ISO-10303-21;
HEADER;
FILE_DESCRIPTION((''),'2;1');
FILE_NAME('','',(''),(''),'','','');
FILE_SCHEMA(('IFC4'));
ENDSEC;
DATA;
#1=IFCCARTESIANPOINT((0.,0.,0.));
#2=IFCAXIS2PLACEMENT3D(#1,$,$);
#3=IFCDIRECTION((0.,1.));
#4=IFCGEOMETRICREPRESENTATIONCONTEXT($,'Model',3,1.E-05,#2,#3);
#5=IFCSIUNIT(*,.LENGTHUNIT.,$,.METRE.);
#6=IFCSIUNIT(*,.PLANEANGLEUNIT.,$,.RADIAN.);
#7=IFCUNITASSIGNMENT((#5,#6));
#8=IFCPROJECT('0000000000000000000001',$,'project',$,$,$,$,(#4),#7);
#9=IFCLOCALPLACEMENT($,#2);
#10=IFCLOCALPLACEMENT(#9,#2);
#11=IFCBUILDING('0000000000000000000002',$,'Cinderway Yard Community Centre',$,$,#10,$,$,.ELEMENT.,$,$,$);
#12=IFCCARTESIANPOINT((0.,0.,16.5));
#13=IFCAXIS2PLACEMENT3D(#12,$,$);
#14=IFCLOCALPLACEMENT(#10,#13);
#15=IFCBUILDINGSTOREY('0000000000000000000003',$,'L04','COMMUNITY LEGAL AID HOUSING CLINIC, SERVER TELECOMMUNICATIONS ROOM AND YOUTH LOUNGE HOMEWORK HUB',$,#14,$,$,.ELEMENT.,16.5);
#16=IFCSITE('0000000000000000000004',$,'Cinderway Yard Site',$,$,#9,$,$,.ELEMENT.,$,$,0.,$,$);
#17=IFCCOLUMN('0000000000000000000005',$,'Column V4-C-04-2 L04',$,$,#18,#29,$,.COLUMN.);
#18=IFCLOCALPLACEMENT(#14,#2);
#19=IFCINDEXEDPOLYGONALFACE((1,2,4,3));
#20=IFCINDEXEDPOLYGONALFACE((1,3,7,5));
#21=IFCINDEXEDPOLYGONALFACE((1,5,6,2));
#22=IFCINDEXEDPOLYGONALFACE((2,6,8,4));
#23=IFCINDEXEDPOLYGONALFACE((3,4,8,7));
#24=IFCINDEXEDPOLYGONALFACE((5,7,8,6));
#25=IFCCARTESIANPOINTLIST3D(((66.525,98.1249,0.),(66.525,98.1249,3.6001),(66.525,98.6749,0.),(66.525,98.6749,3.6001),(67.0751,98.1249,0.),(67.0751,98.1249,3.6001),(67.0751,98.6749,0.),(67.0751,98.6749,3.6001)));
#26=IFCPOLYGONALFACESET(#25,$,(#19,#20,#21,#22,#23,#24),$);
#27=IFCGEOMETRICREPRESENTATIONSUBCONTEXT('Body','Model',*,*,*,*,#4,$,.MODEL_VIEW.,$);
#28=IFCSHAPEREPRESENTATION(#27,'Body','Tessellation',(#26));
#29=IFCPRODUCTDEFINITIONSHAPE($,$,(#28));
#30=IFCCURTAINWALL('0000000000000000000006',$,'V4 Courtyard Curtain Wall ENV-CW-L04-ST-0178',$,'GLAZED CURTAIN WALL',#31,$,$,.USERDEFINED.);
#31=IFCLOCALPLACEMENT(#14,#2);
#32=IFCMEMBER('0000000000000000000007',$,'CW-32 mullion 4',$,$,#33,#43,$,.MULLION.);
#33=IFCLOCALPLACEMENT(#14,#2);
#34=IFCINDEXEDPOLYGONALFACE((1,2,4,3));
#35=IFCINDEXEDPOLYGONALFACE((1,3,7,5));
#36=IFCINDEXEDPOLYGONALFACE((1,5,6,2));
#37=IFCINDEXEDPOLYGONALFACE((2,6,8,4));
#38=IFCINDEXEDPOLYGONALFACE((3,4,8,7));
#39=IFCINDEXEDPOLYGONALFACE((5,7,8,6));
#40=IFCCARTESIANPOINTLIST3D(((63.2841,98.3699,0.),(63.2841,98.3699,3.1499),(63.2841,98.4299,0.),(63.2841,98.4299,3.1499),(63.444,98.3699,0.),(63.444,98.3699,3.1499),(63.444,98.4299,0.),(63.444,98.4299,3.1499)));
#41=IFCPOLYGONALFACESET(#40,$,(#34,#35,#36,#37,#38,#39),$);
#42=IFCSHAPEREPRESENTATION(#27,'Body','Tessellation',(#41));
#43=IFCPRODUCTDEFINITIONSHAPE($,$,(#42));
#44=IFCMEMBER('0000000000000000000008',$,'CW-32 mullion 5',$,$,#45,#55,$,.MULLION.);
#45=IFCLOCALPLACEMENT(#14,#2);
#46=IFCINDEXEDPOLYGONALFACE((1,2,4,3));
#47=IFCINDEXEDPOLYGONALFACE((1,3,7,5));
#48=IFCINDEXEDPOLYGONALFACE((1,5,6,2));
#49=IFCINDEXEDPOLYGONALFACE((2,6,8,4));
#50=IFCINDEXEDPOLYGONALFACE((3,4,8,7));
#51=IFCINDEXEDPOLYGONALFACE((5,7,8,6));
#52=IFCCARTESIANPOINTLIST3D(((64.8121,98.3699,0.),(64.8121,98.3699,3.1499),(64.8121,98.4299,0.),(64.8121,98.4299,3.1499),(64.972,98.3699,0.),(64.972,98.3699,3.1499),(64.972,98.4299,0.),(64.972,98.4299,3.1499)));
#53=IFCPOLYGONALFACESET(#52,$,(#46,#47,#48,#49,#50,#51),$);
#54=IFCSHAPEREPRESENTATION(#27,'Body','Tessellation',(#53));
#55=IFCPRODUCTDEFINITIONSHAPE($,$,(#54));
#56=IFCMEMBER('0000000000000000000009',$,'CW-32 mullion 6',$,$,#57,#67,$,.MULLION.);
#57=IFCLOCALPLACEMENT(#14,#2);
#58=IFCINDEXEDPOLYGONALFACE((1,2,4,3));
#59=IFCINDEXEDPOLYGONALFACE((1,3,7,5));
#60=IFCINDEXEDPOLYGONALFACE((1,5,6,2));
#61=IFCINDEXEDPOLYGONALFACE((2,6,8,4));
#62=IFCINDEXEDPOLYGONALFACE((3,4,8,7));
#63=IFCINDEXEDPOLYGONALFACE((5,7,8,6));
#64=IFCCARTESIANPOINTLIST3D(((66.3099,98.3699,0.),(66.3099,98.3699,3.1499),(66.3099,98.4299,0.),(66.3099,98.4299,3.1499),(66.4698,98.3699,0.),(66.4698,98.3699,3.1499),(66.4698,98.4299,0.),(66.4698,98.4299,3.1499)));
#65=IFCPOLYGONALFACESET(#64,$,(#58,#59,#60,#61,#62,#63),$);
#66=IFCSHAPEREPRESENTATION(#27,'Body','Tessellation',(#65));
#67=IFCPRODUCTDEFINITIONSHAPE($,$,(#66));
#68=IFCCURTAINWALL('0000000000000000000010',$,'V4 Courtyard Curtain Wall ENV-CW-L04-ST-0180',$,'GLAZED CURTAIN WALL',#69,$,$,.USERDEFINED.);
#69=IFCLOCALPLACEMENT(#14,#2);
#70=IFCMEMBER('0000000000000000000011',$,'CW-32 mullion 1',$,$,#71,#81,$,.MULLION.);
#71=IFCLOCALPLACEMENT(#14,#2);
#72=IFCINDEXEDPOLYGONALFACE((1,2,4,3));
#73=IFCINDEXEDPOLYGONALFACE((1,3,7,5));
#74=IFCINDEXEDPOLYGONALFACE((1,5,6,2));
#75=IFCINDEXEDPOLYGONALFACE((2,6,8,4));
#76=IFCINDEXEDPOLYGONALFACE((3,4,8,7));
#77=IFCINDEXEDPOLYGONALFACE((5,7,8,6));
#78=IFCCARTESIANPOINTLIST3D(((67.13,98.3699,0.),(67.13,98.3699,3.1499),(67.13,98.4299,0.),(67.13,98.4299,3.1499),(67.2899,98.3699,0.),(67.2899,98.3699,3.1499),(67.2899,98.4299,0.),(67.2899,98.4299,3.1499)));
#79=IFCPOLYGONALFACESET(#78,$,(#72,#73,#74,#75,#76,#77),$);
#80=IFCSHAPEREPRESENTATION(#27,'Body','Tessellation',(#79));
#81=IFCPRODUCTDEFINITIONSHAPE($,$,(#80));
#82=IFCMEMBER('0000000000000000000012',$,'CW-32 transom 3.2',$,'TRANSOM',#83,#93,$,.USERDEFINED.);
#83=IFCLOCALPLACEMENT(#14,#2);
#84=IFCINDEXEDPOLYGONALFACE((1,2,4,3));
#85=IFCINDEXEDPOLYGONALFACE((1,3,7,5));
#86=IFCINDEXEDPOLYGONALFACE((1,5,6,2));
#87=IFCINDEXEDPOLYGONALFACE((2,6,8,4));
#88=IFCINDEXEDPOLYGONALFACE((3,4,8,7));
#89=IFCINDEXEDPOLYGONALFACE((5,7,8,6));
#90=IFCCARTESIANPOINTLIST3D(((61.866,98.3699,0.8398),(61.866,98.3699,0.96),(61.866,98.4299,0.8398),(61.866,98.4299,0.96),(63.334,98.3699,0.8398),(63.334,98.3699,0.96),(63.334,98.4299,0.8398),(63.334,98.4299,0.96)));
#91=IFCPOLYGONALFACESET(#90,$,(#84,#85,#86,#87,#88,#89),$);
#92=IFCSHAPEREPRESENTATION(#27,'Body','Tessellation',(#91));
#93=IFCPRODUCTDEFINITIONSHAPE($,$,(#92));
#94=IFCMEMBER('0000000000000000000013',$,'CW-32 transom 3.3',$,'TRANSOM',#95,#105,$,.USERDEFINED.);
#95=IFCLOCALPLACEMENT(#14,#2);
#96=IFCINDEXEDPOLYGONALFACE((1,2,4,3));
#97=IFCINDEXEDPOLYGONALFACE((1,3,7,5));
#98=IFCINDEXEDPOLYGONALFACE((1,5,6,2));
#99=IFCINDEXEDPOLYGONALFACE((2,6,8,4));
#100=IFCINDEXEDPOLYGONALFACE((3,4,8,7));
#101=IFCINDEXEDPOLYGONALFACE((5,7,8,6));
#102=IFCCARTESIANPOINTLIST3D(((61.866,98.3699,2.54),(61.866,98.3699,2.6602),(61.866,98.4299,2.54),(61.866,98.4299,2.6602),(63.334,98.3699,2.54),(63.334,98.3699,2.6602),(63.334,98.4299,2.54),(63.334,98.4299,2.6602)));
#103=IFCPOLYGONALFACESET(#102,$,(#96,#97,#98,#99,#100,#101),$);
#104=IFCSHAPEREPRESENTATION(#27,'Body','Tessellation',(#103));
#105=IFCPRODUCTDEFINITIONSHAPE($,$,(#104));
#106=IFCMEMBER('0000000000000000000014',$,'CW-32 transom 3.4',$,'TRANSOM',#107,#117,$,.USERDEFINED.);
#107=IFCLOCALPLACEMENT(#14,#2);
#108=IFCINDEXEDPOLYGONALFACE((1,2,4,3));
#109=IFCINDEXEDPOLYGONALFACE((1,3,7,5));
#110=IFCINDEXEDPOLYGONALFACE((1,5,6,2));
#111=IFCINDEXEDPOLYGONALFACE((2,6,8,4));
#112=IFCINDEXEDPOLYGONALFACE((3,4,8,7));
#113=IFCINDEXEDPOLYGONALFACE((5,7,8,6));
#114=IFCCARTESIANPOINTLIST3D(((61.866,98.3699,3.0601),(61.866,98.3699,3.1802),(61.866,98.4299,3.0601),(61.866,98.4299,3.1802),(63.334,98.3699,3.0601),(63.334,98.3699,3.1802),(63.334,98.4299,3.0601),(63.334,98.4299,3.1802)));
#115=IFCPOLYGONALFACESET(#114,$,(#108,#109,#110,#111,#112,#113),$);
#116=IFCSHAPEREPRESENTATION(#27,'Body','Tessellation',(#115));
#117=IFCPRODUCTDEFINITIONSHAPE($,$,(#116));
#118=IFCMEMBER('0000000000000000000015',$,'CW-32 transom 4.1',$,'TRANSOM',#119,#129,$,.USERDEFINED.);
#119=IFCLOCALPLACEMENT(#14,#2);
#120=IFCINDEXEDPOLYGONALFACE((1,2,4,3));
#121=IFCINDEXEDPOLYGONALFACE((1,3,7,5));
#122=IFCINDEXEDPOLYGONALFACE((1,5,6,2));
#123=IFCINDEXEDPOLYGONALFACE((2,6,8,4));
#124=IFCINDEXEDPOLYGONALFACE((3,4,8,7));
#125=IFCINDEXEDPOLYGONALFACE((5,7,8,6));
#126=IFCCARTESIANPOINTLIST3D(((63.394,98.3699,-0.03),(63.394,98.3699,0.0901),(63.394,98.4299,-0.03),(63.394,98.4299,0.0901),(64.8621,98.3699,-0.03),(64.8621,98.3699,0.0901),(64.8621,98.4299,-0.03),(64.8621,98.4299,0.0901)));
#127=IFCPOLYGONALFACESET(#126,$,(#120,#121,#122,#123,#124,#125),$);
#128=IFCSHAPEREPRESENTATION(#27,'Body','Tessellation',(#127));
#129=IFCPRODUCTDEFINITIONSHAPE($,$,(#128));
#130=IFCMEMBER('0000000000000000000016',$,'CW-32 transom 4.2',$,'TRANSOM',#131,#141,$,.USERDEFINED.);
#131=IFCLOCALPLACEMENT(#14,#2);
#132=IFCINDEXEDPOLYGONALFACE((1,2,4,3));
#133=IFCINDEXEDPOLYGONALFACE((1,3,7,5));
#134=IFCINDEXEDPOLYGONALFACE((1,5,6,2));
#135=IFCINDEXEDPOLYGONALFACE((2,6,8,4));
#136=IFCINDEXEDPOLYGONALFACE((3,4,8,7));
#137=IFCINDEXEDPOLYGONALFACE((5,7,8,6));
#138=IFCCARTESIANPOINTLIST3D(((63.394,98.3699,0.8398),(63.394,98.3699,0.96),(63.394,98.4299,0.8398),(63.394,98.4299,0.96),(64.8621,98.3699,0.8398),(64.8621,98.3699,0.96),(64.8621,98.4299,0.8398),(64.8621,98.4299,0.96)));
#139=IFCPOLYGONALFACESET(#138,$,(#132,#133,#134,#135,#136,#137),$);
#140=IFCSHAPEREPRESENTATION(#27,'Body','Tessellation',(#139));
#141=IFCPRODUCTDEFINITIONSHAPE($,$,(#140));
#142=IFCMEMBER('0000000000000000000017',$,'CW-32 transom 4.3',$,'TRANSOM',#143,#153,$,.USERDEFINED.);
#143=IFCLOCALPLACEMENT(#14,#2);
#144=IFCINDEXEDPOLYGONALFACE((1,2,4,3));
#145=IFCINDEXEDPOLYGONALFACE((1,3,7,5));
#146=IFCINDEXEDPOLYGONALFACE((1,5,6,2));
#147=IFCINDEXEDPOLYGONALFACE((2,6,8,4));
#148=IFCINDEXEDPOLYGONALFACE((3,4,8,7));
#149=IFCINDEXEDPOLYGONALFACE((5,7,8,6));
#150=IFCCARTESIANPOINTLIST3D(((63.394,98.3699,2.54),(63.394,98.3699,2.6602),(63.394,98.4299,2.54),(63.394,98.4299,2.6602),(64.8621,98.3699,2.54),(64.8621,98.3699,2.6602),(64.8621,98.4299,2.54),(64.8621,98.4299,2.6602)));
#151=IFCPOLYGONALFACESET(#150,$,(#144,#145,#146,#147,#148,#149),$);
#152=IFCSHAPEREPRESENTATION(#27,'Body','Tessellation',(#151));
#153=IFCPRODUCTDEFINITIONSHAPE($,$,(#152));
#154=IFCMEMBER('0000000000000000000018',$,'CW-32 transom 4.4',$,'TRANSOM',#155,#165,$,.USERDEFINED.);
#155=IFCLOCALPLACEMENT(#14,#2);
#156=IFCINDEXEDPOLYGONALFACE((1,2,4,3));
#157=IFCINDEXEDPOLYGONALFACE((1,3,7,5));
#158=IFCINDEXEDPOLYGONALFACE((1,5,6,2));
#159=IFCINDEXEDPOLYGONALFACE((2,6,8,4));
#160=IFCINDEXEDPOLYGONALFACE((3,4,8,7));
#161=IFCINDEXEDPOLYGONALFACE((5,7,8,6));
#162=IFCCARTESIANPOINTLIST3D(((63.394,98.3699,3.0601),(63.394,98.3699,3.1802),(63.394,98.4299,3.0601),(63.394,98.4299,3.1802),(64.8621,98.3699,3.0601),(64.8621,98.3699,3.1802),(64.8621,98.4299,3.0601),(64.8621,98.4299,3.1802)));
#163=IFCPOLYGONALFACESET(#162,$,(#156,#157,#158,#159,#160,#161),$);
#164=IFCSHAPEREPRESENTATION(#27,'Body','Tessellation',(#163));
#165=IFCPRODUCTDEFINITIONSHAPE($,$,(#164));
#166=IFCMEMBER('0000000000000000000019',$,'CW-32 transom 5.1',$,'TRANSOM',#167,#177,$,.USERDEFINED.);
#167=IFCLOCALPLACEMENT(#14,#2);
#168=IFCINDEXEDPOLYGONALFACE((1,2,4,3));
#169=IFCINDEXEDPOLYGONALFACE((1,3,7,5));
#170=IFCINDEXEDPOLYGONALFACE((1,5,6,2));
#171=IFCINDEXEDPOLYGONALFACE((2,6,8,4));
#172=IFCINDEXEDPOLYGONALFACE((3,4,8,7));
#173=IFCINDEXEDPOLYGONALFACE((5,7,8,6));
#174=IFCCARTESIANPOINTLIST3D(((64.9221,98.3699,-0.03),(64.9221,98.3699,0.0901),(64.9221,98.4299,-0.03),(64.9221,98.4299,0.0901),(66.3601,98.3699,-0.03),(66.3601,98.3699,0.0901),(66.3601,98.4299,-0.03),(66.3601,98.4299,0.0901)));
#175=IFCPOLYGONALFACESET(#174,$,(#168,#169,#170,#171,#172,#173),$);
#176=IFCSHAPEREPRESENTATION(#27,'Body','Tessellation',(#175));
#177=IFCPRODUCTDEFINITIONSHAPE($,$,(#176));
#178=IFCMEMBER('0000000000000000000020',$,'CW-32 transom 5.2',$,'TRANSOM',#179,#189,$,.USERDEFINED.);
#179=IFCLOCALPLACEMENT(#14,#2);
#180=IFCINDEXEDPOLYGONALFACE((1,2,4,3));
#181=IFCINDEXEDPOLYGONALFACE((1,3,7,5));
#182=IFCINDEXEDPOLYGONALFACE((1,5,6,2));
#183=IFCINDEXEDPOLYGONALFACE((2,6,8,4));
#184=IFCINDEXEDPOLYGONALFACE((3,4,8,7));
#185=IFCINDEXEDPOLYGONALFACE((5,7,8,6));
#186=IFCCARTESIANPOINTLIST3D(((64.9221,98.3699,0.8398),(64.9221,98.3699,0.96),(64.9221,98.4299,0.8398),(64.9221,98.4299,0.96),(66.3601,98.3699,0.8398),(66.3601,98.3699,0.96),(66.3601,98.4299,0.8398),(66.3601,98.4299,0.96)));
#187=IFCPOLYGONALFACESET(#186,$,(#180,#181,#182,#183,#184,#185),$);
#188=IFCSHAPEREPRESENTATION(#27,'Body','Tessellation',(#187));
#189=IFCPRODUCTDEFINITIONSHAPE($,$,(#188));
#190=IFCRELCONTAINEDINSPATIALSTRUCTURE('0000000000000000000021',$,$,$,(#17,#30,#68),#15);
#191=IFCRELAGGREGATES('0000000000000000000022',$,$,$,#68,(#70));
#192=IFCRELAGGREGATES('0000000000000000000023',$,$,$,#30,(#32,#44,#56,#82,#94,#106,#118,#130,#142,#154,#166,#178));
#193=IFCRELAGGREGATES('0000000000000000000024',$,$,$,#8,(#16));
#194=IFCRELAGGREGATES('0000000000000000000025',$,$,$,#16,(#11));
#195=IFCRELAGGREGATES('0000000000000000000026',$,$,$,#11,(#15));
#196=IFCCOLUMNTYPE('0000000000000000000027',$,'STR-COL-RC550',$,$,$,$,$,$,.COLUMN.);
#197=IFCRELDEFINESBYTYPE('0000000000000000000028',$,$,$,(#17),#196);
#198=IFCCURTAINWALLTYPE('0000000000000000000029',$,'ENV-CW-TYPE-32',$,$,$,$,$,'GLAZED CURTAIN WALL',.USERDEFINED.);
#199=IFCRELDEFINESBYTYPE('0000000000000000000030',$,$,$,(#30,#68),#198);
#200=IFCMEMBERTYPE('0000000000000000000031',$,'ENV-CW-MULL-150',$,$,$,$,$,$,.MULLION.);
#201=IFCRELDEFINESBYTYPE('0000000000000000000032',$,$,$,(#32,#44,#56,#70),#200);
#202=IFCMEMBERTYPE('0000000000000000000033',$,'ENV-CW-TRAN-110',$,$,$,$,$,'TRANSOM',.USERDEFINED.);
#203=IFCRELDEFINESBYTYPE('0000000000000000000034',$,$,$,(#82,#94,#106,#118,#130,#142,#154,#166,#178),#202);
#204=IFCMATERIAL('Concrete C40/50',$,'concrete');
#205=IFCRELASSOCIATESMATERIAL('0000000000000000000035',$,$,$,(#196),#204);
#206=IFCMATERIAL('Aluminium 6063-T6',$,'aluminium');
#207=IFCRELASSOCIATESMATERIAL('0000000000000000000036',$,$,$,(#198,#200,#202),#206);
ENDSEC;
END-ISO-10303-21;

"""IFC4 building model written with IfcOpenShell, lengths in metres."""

from ifc_helpers import new_model, si_unit, direction, frame, origin, origin_2d, place, context, subcontext, project, spatial, rectangle, extrude, material, material_profile, profile_set, type_object, element, aggregate, save


model = new_model("IFC4")

# Units and contexts
model_context = context("Model", 3, precision=1e-05, world=origin(), true_north=direction((0.0, 1.0)))
body_context = subcontext(model_context, "Body", "Model", "MODEL_VIEW")
ifc_project = project(units=[si_unit("LENGTHUNIT", "METRE"), si_unit("PLANEANGLEUNIT", "RADIAN")], contexts=[model_context])

# Site, building, storey
site_placement = place(None, origin())
site = spatial("IfcSite", under=ifc_project, at=site_placement, Name="Cinderway Yard Site", CompositionType="ELEMENT", RefElevation=0.0)
building_placement = place(site_placement, origin())
building = spatial("IfcBuilding", under=site, at=building_placement, Name="Cinderway Yard Community Centre", CompositionType="ELEMENT")
storey_placement = place(building_placement, frame((0.0, 0.0, 16.5)))
storey = spatial("IfcBuildingStorey", under=building, at=storey_placement, Name="L04", Description="COMMUNITY LEGAL AID HOUSING CLINIC, SERVER TELECOMMUNICATIONS ROOM AND YOUTH LOUNGE HOMEWORK HUB", CompositionType="ELEMENT", Elevation=16.5)

# Column
ifc_material_1 = material(Name="Concrete C40/50", Category="concrete")
ifc_material_profile_1 = material_profile(ifc_material_1, rectangle(XDim=0.55, YDim=0.55, at=origin_2d()), Name="Concrete C40/50")
ifc_profile_set_1 = profile_set([ifc_material_profile_1], Name="Concrete C40/50")
column_type = type_object("IfcColumnType", Name="STR-COL-RC550", PredefinedType="COLUMN", material=ifc_profile_set_1)
column_placement = place(storey_placement, frame((66.8, 98.3999, 0.0), z_axis=(0.0, 0.0, 1.0), x_axis=(1.0, 0.0, 0.0)))
element("IfcColumn", 1, at=column_placement, inside=storey, type_object=column_type, Name="Column V4-C-04-2 L04", PredefinedType="COLUMN", context=body_context, shape_type="SweptSolid", body=[
    extrude(rectangle(XDim=0.55, YDim=0.55, at=origin_2d()), origin(), (0.0, 0.0, 1.0), 3.6001),
])

# Curtain wall, members
ifc_material_2 = material(Name="Aluminium 6063-T6", Category="aluminium")
curtain_wall_type = type_object("IfcCurtainWallType", Name="ENV-CW-TYPE-32", ElementType="GLAZED CURTAIN WALL", PredefinedType="USERDEFINED", material=ifc_material_2)
curtain_wall_1_placement = place(storey_placement, origin())
curtain_wall_1 = element("IfcCurtainWall", 2, at=curtain_wall_1_placement, inside=storey, type_object=curtain_wall_type, Name="V4 Courtyard Curtain Wall ENV-CW-L04-ST-0178", ObjectType="GLAZED CURTAIN WALL", PredefinedType="USERDEFINED")
ifc_material_profile_2 = material_profile(ifc_material_2, rectangle(XDim=0.0601, YDim=0.1599, at=origin_2d()), Name="Aluminium 6063-T6")
ifc_profile_set_2 = profile_set([ifc_material_profile_2], Name="Aluminium 6063-T6")
member_type_1 = type_object("IfcMemberType", Name="ENV-CW-MULL-150", PredefinedType="MULLION", material=ifc_profile_set_2)
member_1_placement = place(storey_placement, frame((63.364, 98.3999, 0.0), z_axis=(0.0, 0.0, 1.0), x_axis=(0.0, 1.0, 0.0)))
member_1 = element("IfcMember", 3, at=member_1_placement, type_object=member_type_1, Name="CW-32 mullion 4", PredefinedType="MULLION", context=body_context, shape_type="SweptSolid", body=[
    extrude(rectangle(XDim=0.0601, YDim=0.1599, at=origin_2d()), origin(), (0.0, 0.0, 1.0), 3.1499),
])
member_2_placement = place(storey_placement, frame((64.8921, 98.3999, 0.0), z_axis=(0.0, 0.0, 1.0), x_axis=(0.0, 1.0, 0.0)))
member_2 = element("IfcMember", 4, at=member_2_placement, type_object=member_type_1, Name="CW-32 mullion 5", PredefinedType="MULLION", context=body_context, shape_type="SweptSolid", body=[
    extrude(rectangle(XDim=0.0601, YDim=0.1599, at=origin_2d()), origin(), (0.0, 0.0, 1.0), 3.1499),
])
member_3_placement = place(storey_placement, frame((66.3899, 98.3999, 0.0), z_axis=(0.0, 0.0, 1.0), x_axis=(0.0, 1.0, 0.0)))
member_3 = element("IfcMember", 5, at=member_3_placement, type_object=member_type_1, Name="CW-32 mullion 6", PredefinedType="MULLION", context=body_context, shape_type="SweptSolid", body=[
    extrude(rectangle(XDim=0.0601, YDim=0.1599, at=origin_2d()), origin(), (0.0, 0.0, 1.0), 3.1499),
])

# Curtain wall, member
curtain_wall_2_placement = place(storey_placement, origin())
curtain_wall_2 = element("IfcCurtainWall", 6, at=curtain_wall_2_placement, inside=storey, type_object=curtain_wall_type, Name="V4 Courtyard Curtain Wall ENV-CW-L04-ST-0180", ObjectType="GLAZED CURTAIN WALL", PredefinedType="USERDEFINED")
member_4_placement = place(storey_placement, frame((67.21, 98.3999, 0.0), z_axis=(0.0, 0.0, 1.0), x_axis=(0.0, 1.0, 0.0)))
member_4 = element("IfcMember", 7, at=member_4_placement, type_object=member_type_1, Name="CW-32 mullion 1", PredefinedType="MULLION", context=body_context, shape_type="SweptSolid", body=[
    extrude(rectangle(XDim=0.0601, YDim=0.1599, at=origin_2d()), origin(), (0.0, 0.0, 1.0), 3.1499),
])

# Members
ifc_material_profile_3 = material_profile(ifc_material_2, rectangle(XDim=0.0601, YDim=0.1201, at=origin_2d()), Name="Aluminium 6063-T6")
ifc_profile_set_3 = profile_set([ifc_material_profile_3], Name="Aluminium 6063-T6")
member_type_2 = type_object("IfcMemberType", Name="ENV-CW-TRAN-110", ElementType="TRANSOM", PredefinedType="USERDEFINED", material=ifc_profile_set_3)
member_5_placement = place(storey_placement, frame((61.866, 98.3999, 0.8999), z_axis=(1.0, 0.0, 0.0), x_axis=(0.0, 1.0, 0.0)))
member_5 = element("IfcMember", 8, at=member_5_placement, type_object=member_type_2, Name="CW-32 transom 3.2", ObjectType="TRANSOM", PredefinedType="USERDEFINED", context=body_context, shape_type="SweptSolid", body=[
    extrude(rectangle(XDim=0.0601, YDim=0.1201, at=origin_2d()), origin(), (0.0, 0.0, 1.0), 1.468),
])
member_6_placement = place(storey_placement, frame((61.866, 98.3999, 2.6001), z_axis=(1.0, 0.0, 0.0), x_axis=(0.0, 1.0, 0.0)))
member_6 = element("IfcMember", 9, at=member_6_placement, type_object=member_type_2, Name="CW-32 transom 3.3", ObjectType="TRANSOM", PredefinedType="USERDEFINED", context=body_context, shape_type="SweptSolid", body=[
    extrude(rectangle(XDim=0.0601, YDim=0.1201, at=origin_2d()), origin(), (0.0, 0.0, 1.0), 1.468),
])
member_7_placement = place(storey_placement, frame((61.866, 98.3999, 3.1201), z_axis=(1.0, 0.0, 0.0), x_axis=(0.0, 1.0, 0.0)))
member_7 = element("IfcMember", 10, at=member_7_placement, type_object=member_type_2, Name="CW-32 transom 3.4", ObjectType="TRANSOM", PredefinedType="USERDEFINED", context=body_context, shape_type="SweptSolid", body=[
    extrude(rectangle(XDim=0.0601, YDim=0.1201, at=origin_2d()), origin(), (0.0, 0.0, 1.0), 1.468),
])
member_8_placement = place(storey_placement, frame((63.394, 98.3999, 0.03), z_axis=(1.0, 0.0, 0.0), x_axis=(0.0, 1.0, 0.0)))
member_8 = element("IfcMember", 11, at=member_8_placement, type_object=member_type_2, Name="CW-32 transom 4.1", ObjectType="TRANSOM", PredefinedType="USERDEFINED", context=body_context, shape_type="SweptSolid", body=[
    extrude(rectangle(XDim=0.0601, YDim=0.1201, at=origin_2d()), origin(), (0.0, 0.0, 1.0), 1.468),
])
member_9_placement = place(storey_placement, frame((63.394, 98.3999, 0.8999), z_axis=(1.0, 0.0, 0.0), x_axis=(0.0, 1.0, 0.0)))
member_9 = element("IfcMember", 12, at=member_9_placement, type_object=member_type_2, Name="CW-32 transom 4.2", ObjectType="TRANSOM", PredefinedType="USERDEFINED", context=body_context, shape_type="SweptSolid", body=[
    extrude(rectangle(XDim=0.0601, YDim=0.1201, at=origin_2d()), origin(), (0.0, 0.0, 1.0), 1.468),
])
member_10_placement = place(storey_placement, frame((63.394, 98.3999, 2.6001), z_axis=(1.0, 0.0, 0.0), x_axis=(0.0, 1.0, 0.0)))
member_10 = element("IfcMember", 13, at=member_10_placement, type_object=member_type_2, Name="CW-32 transom 4.3", ObjectType="TRANSOM", PredefinedType="USERDEFINED", context=body_context, shape_type="SweptSolid", body=[
    extrude(rectangle(XDim=0.0601, YDim=0.1201, at=origin_2d()), origin(), (0.0, 0.0, 1.0), 1.468),
])
member_11_placement = place(storey_placement, frame((63.394, 98.3999, 3.1201), z_axis=(1.0, 0.0, 0.0), x_axis=(0.0, 1.0, 0.0)))
member_11 = element("IfcMember", 14, at=member_11_placement, type_object=member_type_2, Name="CW-32 transom 4.4", ObjectType="TRANSOM", PredefinedType="USERDEFINED", context=body_context, shape_type="SweptSolid", body=[
    extrude(rectangle(XDim=0.0601, YDim=0.1201, at=origin_2d()), origin(), (0.0, 0.0, 1.0), 1.468),
])
member_12_placement = place(storey_placement, frame((64.9221, 98.3999, 0.03), z_axis=(1.0, 0.0, 0.0), x_axis=(0.0, 1.0, 0.0)))
member_12 = element("IfcMember", 15, at=member_12_placement, type_object=member_type_2, Name="CW-32 transom 5.1", ObjectType="TRANSOM", PredefinedType="USERDEFINED", context=body_context, shape_type="SweptSolid", body=[
    extrude(rectangle(XDim=0.0601, YDim=0.1201, at=origin_2d()), origin(), (0.0, 0.0, 1.0), 1.438),
])
member_13_placement = place(storey_placement, frame((64.9221, 98.3999, 0.8999), z_axis=(1.0, 0.0, 0.0), x_axis=(0.0, 1.0, 0.0)))
member_13 = element("IfcMember", 16, at=member_13_placement, type_object=member_type_2, Name="CW-32 transom 5.2", ObjectType="TRANSOM", PredefinedType="USERDEFINED", context=body_context, shape_type="SweptSolid", body=[
    extrude(rectangle(XDim=0.0601, YDim=0.1201, at=origin_2d()), origin(), (0.0, 0.0, 1.0), 1.438),
])
aggregate(curtain_wall_2, [member_4])

aggregate(curtain_wall_1, [member_1, member_2, member_3, member_5, member_6, member_7, member_8, member_9, member_10, member_11, member_12, member_13])

save(model, "model.ifc")
